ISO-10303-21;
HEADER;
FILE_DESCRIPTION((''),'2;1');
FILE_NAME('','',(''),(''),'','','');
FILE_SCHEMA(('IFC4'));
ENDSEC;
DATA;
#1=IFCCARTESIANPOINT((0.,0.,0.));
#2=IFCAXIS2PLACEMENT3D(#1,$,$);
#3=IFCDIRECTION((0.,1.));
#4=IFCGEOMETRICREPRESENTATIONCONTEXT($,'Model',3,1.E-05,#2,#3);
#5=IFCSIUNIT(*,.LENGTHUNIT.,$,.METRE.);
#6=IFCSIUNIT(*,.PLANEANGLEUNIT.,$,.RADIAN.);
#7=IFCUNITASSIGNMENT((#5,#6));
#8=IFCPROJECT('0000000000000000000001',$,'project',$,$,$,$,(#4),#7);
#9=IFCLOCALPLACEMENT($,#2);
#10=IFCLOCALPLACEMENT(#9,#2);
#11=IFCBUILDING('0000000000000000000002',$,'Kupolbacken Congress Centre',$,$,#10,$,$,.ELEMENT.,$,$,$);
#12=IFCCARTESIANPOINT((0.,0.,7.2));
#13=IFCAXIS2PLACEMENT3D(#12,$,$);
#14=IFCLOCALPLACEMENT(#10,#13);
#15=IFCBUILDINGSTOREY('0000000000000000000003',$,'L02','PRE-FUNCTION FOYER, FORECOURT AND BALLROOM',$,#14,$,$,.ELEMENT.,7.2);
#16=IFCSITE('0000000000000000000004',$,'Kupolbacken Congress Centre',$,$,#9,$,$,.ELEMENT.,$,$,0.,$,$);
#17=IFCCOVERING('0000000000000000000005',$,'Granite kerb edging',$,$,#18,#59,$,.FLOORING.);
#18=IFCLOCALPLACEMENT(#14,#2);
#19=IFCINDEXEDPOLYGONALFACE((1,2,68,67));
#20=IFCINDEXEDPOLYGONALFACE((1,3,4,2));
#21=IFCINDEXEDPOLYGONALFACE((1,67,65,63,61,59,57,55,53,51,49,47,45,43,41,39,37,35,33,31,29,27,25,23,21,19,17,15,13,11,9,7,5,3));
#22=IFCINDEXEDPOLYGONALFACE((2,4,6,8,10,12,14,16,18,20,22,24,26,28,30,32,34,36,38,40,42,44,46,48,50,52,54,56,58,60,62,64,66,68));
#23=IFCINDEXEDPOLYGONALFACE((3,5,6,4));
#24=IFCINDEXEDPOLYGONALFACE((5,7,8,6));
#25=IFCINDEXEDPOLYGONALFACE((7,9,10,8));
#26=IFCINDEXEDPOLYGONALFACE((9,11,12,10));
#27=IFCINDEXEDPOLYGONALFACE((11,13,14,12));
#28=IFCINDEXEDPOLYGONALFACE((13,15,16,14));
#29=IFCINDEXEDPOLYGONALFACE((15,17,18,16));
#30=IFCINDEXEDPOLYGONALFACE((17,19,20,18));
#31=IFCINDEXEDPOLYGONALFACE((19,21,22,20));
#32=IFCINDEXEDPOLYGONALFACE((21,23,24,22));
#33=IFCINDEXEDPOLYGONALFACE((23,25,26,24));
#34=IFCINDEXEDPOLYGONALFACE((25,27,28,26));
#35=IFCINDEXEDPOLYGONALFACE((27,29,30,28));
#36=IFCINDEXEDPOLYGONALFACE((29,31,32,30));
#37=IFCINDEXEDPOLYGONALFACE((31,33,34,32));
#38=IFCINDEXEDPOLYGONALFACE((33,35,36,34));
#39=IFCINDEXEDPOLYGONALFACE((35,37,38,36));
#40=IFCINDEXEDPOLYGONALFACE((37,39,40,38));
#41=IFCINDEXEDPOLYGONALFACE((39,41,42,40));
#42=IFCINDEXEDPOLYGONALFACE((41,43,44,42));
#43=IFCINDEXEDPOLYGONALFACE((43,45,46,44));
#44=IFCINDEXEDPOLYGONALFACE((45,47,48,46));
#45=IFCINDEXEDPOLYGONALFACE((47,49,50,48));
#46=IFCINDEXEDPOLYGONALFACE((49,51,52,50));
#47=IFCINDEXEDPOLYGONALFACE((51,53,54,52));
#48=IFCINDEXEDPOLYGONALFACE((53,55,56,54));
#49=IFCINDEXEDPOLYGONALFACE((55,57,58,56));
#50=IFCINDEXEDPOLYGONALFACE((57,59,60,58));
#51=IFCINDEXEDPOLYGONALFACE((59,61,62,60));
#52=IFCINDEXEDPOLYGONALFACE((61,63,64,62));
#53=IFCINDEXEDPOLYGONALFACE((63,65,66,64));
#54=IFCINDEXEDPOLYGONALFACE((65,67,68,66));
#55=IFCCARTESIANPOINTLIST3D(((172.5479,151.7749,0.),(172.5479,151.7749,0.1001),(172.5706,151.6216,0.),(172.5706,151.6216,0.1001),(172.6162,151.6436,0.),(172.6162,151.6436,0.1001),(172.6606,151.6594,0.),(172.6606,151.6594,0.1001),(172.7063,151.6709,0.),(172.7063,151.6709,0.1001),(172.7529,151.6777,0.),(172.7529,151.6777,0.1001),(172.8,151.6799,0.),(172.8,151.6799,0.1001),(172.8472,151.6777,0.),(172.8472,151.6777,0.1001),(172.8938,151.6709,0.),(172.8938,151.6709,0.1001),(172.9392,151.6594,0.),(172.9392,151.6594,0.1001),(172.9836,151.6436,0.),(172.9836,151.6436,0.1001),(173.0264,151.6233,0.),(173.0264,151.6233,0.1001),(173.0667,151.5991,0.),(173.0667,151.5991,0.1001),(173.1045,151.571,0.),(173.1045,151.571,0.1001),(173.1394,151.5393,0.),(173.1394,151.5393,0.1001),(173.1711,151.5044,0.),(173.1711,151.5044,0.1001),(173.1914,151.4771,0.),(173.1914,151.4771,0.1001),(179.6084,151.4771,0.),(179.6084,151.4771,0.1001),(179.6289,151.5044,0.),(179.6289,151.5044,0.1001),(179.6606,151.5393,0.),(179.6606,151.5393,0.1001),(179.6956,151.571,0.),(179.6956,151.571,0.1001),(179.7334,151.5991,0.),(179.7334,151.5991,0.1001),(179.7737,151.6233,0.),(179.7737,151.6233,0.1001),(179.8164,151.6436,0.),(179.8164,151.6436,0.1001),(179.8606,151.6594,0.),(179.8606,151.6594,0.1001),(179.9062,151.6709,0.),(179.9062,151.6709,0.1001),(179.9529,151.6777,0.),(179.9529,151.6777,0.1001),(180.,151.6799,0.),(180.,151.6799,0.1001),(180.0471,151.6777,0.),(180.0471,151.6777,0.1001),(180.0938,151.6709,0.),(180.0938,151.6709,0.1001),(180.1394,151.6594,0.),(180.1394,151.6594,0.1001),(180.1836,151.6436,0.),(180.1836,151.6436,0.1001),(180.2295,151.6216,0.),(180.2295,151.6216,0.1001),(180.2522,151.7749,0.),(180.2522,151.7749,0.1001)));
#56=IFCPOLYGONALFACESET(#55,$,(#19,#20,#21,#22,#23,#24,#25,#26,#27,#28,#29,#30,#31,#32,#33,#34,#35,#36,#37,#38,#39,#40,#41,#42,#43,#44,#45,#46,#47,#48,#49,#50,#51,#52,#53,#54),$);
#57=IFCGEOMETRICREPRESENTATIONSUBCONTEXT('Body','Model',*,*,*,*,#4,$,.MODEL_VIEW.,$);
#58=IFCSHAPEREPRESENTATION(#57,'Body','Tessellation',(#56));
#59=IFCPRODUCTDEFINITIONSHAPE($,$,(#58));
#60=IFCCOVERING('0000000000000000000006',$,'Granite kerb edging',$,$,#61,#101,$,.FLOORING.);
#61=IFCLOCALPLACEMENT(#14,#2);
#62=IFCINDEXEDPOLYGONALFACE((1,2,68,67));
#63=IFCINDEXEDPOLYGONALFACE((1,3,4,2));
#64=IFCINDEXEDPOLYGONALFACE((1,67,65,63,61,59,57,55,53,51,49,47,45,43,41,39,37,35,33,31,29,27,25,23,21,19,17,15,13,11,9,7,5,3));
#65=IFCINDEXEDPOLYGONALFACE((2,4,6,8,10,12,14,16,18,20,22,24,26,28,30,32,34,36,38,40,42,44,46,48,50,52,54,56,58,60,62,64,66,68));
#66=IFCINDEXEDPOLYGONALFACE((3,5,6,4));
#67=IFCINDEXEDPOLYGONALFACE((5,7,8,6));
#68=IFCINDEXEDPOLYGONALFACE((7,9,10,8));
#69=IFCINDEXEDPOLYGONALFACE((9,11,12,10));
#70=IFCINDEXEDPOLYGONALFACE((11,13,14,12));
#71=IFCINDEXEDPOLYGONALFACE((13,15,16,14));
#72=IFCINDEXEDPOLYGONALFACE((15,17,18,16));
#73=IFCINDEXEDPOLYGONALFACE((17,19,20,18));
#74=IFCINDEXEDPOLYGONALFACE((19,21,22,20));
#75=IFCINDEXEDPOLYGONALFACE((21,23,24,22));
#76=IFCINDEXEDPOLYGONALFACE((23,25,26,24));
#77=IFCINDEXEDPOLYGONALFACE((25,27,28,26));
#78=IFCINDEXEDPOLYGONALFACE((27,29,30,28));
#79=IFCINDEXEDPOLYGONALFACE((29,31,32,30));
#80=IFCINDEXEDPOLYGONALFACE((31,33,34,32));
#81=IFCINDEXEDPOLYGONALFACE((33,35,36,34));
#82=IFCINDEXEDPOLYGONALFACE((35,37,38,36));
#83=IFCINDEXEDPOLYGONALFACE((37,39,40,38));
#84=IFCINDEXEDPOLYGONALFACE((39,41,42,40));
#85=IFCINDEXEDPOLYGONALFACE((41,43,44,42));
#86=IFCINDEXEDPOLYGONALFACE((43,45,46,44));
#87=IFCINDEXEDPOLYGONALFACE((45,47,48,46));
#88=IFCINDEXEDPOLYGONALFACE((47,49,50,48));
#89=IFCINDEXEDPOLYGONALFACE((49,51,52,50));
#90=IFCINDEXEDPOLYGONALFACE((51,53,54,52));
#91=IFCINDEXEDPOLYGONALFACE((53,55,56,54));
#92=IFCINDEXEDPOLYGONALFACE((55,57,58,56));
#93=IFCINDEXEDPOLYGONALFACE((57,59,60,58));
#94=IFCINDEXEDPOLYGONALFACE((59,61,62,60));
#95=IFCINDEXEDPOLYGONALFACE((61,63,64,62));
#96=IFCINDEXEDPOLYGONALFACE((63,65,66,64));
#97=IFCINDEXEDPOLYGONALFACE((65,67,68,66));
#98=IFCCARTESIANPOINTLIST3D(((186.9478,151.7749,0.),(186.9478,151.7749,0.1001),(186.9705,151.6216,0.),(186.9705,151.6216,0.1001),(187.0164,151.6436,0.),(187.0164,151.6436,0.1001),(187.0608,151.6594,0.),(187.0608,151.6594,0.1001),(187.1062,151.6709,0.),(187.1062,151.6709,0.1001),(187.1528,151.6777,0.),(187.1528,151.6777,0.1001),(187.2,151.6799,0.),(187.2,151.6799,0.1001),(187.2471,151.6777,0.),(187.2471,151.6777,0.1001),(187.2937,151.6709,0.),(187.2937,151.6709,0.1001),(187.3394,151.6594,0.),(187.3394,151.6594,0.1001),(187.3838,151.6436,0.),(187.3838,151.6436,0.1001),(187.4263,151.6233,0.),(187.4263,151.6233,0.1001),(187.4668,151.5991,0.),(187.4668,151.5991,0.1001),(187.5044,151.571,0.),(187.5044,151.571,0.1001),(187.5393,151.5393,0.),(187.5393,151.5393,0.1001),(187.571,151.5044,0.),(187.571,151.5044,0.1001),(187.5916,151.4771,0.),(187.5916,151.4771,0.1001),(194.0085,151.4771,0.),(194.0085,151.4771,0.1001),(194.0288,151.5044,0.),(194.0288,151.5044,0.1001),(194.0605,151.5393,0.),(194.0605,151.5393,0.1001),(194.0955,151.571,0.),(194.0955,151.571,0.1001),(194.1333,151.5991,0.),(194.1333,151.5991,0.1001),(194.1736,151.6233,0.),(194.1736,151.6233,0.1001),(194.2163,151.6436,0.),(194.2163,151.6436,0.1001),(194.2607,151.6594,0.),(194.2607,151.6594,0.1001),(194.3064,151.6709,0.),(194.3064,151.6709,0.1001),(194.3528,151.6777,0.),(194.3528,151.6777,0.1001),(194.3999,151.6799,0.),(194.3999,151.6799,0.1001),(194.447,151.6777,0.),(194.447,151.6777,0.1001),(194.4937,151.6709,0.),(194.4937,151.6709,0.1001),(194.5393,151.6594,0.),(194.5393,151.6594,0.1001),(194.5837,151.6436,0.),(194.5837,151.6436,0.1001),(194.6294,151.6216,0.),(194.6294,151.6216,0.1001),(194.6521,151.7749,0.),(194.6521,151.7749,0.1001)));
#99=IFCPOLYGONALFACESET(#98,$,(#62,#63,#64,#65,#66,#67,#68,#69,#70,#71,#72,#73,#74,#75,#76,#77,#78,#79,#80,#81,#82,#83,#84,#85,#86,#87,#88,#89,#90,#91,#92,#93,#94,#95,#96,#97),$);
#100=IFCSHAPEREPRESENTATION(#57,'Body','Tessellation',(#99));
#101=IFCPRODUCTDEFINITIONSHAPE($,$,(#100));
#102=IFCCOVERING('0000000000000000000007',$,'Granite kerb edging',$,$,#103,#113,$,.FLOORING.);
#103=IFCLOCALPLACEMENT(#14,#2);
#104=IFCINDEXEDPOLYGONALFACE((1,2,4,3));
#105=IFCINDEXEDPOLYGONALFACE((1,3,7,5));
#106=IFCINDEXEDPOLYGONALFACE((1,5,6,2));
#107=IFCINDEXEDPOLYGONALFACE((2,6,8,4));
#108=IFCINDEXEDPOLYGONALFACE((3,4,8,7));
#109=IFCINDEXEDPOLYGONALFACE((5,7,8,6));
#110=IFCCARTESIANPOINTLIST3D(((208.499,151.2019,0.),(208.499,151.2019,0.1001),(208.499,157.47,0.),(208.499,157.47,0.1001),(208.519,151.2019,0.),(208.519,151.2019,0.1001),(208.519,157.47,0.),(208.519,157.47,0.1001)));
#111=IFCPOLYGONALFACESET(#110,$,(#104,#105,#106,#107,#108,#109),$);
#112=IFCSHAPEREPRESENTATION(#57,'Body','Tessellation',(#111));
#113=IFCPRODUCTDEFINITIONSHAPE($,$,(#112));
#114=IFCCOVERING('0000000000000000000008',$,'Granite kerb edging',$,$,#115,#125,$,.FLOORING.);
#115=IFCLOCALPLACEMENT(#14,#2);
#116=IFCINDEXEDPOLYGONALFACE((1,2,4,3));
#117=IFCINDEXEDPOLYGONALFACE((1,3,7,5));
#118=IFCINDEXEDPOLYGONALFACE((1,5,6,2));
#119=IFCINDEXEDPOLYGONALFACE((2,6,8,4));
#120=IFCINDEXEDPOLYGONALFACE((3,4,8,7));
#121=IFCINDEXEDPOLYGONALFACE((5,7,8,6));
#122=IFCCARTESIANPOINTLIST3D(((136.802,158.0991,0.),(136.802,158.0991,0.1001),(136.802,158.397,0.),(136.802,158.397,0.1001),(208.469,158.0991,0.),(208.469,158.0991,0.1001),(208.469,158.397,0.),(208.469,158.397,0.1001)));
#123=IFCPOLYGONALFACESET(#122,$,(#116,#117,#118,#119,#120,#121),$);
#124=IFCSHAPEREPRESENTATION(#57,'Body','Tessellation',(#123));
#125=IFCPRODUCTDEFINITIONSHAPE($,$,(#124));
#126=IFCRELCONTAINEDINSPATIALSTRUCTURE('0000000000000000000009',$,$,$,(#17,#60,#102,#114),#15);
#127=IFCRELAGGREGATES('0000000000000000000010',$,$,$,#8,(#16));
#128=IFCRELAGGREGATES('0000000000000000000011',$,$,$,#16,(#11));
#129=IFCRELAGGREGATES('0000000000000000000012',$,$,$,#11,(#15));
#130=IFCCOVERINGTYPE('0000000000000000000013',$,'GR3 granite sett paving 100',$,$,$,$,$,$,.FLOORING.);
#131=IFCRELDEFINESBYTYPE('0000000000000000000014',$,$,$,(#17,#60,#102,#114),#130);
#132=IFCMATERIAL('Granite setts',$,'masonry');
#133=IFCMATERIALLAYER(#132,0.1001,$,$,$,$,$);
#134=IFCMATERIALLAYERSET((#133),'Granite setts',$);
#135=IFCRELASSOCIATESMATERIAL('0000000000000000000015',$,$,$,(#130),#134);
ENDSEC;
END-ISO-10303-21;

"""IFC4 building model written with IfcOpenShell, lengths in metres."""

from ifc_helpers import new_model, si_unit, direction, frame, origin, place, context, subcontext, project, spatial, polyline, outline, extrude, material, layer, layer_set, type_object, element, save


model = new_model("IFC4")

# Units and contexts
model_context = context("Model", 3, precision=1e-05, world=origin(), true_north=direction((0.0, 1.0)))
body_context = subcontext(model_context, "Body", "Model", "MODEL_VIEW")
ifc_project = project(units=[si_unit("LENGTHUNIT", "METRE"), si_unit("PLANEANGLEUNIT", "RADIAN")], contexts=[model_context])

# Site, building, storey
site_placement = place(None, origin())
site = spatial("IfcSite", under=ifc_project, at=site_placement, Name="Kupolbacken Congress Centre", CompositionType="ELEMENT", RefElevation=0.0)
building_placement = place(site_placement, origin())
building = spatial("IfcBuilding", under=site, at=building_placement, Name="Kupolbacken Congress Centre", CompositionType="ELEMENT")
storey_placement = place(building_placement, frame((0.0, 0.0, 7.2)))
storey = spatial("IfcBuildingStorey", under=building, at=storey_placement, Name="L02", Description="PRE-FUNCTION FOYER, FORECOURT AND BALLROOM", CompositionType="ELEMENT", Elevation=7.2)

# Coverings
ifc_material_1 = material(Name="Granite setts", Category="masonry")
ifc_layer_1 = layer(ifc_material_1, 0.1001)
ifc_layer_set_1 = layer_set([ifc_layer_1], Name="Granite setts")
covering_type_1 = type_object("IfcCoveringType", Name="GR3 granite sett paving 100", PredefinedType="FLOORING", material=ifc_layer_set_1)
covering_1_placement = place(storey_placement, origin())
element("IfcCovering", 1, at=covering_1_placement, inside=storey, type_object=covering_type_1, Name="Granite kerb edging", PredefinedType="FLOORING", context=body_context, shape_type="SweptSolid", body=[
    extrude(outline(polyline([(180.0471, 151.6777), (180.0, 151.6799), (179.9529, 151.6777), (179.9062, 151.6709), (179.8606, 151.6594), (179.8164, 151.6436), (179.7737, 151.6233), (179.7334, 151.5991), (179.6956, 151.571), (179.6606, 151.5393), (179.6289, 151.5044), (179.6084, 151.4771), (173.1914, 151.4771), (173.1711, 151.5044), (173.1394, 151.5393), (173.1045, 151.571), (173.0667, 151.5991), (173.0264, 151.6233), (172.9836, 151.6436), (172.9392, 151.6594), (172.8938, 151.6709), (172.8472, 151.6777), (172.8, 151.6799), (172.7529, 151.6777), (172.7063, 151.6709), (172.6606, 151.6594), (172.6162, 151.6436), (172.5706, 151.6216), (172.5479, 151.7749), (180.2522, 151.7749), (180.2295, 151.6216), (180.1836, 151.6436), (180.1394, 151.6594), (180.0938, 151.6709), (180.0471, 151.6777)])), origin(), (0.0, 0.0, 1.0), 0.1001),
])
covering_2_placement = place(storey_placement, origin())
element("IfcCovering", 2, at=covering_2_placement, inside=storey, type_object=covering_type_1, Name="Granite kerb edging", PredefinedType="FLOORING", context=body_context, shape_type="SweptSolid", body=[
    extrude(outline(polyline([(194.4937, 151.6709), (194.447, 151.6777), (194.3999, 151.6799), (194.3528, 151.6777), (194.3064, 151.6709), (194.2607, 151.6594), (194.2163, 151.6436), (194.1736, 151.6233), (194.1333, 151.5991), (194.0955, 151.571), (194.0605, 151.5393), (194.0288, 151.5044), (194.0085, 151.4771), (187.5916, 151.4771), (187.571, 151.5044), (187.5393, 151.5393), (187.5044, 151.571), (187.4668, 151.5991), (187.4263, 151.6233), (187.3838, 151.6436), (187.3394, 151.6594), (187.2937, 151.6709), (187.2471, 151.6777), (187.2, 151.6799), (187.1528, 151.6777), (187.1062, 151.6709), (187.0608, 151.6594), (187.0164, 151.6436), (186.9705, 151.6216), (186.9478, 151.7749), (194.6521, 151.7749), (194.6294, 151.6216), (194.5837, 151.6436), (194.5393, 151.6594), (194.4937, 151.6709)])), origin(), (0.0, 0.0, 1.0), 0.1001),
])
covering_3_placement = place(storey_placement, origin())
element("IfcCovering", 3, at=covering_3_placement, inside=storey, type_object=covering_type_1, Name="Granite kerb edging", PredefinedType="FLOORING", context=body_context, shape_type="SweptSolid", body=[
    extrude(outline(polyline([(208.519, 151.2019), (208.499, 151.2019), (208.499, 157.47), (208.519, 157.47), (208.519, 151.2019)])), origin(), (0.0, 0.0, 1.0), 0.1001),
])
covering_4_placement = place(storey_placement, origin())
element("IfcCovering", 4, at=covering_4_placement, inside=storey, type_object=covering_type_1, Name="Granite kerb edging", PredefinedType="FLOORING", context=body_context, shape_type="SweptSolid", body=[
    extrude(outline(polyline([(208.469, 158.0991), (136.802, 158.0991), (136.802, 158.397), (208.469, 158.397), (208.469, 158.0991)])), origin(), (0.0, 0.0, 1.0), 0.1001),
])

save(model, "model.ifc")
